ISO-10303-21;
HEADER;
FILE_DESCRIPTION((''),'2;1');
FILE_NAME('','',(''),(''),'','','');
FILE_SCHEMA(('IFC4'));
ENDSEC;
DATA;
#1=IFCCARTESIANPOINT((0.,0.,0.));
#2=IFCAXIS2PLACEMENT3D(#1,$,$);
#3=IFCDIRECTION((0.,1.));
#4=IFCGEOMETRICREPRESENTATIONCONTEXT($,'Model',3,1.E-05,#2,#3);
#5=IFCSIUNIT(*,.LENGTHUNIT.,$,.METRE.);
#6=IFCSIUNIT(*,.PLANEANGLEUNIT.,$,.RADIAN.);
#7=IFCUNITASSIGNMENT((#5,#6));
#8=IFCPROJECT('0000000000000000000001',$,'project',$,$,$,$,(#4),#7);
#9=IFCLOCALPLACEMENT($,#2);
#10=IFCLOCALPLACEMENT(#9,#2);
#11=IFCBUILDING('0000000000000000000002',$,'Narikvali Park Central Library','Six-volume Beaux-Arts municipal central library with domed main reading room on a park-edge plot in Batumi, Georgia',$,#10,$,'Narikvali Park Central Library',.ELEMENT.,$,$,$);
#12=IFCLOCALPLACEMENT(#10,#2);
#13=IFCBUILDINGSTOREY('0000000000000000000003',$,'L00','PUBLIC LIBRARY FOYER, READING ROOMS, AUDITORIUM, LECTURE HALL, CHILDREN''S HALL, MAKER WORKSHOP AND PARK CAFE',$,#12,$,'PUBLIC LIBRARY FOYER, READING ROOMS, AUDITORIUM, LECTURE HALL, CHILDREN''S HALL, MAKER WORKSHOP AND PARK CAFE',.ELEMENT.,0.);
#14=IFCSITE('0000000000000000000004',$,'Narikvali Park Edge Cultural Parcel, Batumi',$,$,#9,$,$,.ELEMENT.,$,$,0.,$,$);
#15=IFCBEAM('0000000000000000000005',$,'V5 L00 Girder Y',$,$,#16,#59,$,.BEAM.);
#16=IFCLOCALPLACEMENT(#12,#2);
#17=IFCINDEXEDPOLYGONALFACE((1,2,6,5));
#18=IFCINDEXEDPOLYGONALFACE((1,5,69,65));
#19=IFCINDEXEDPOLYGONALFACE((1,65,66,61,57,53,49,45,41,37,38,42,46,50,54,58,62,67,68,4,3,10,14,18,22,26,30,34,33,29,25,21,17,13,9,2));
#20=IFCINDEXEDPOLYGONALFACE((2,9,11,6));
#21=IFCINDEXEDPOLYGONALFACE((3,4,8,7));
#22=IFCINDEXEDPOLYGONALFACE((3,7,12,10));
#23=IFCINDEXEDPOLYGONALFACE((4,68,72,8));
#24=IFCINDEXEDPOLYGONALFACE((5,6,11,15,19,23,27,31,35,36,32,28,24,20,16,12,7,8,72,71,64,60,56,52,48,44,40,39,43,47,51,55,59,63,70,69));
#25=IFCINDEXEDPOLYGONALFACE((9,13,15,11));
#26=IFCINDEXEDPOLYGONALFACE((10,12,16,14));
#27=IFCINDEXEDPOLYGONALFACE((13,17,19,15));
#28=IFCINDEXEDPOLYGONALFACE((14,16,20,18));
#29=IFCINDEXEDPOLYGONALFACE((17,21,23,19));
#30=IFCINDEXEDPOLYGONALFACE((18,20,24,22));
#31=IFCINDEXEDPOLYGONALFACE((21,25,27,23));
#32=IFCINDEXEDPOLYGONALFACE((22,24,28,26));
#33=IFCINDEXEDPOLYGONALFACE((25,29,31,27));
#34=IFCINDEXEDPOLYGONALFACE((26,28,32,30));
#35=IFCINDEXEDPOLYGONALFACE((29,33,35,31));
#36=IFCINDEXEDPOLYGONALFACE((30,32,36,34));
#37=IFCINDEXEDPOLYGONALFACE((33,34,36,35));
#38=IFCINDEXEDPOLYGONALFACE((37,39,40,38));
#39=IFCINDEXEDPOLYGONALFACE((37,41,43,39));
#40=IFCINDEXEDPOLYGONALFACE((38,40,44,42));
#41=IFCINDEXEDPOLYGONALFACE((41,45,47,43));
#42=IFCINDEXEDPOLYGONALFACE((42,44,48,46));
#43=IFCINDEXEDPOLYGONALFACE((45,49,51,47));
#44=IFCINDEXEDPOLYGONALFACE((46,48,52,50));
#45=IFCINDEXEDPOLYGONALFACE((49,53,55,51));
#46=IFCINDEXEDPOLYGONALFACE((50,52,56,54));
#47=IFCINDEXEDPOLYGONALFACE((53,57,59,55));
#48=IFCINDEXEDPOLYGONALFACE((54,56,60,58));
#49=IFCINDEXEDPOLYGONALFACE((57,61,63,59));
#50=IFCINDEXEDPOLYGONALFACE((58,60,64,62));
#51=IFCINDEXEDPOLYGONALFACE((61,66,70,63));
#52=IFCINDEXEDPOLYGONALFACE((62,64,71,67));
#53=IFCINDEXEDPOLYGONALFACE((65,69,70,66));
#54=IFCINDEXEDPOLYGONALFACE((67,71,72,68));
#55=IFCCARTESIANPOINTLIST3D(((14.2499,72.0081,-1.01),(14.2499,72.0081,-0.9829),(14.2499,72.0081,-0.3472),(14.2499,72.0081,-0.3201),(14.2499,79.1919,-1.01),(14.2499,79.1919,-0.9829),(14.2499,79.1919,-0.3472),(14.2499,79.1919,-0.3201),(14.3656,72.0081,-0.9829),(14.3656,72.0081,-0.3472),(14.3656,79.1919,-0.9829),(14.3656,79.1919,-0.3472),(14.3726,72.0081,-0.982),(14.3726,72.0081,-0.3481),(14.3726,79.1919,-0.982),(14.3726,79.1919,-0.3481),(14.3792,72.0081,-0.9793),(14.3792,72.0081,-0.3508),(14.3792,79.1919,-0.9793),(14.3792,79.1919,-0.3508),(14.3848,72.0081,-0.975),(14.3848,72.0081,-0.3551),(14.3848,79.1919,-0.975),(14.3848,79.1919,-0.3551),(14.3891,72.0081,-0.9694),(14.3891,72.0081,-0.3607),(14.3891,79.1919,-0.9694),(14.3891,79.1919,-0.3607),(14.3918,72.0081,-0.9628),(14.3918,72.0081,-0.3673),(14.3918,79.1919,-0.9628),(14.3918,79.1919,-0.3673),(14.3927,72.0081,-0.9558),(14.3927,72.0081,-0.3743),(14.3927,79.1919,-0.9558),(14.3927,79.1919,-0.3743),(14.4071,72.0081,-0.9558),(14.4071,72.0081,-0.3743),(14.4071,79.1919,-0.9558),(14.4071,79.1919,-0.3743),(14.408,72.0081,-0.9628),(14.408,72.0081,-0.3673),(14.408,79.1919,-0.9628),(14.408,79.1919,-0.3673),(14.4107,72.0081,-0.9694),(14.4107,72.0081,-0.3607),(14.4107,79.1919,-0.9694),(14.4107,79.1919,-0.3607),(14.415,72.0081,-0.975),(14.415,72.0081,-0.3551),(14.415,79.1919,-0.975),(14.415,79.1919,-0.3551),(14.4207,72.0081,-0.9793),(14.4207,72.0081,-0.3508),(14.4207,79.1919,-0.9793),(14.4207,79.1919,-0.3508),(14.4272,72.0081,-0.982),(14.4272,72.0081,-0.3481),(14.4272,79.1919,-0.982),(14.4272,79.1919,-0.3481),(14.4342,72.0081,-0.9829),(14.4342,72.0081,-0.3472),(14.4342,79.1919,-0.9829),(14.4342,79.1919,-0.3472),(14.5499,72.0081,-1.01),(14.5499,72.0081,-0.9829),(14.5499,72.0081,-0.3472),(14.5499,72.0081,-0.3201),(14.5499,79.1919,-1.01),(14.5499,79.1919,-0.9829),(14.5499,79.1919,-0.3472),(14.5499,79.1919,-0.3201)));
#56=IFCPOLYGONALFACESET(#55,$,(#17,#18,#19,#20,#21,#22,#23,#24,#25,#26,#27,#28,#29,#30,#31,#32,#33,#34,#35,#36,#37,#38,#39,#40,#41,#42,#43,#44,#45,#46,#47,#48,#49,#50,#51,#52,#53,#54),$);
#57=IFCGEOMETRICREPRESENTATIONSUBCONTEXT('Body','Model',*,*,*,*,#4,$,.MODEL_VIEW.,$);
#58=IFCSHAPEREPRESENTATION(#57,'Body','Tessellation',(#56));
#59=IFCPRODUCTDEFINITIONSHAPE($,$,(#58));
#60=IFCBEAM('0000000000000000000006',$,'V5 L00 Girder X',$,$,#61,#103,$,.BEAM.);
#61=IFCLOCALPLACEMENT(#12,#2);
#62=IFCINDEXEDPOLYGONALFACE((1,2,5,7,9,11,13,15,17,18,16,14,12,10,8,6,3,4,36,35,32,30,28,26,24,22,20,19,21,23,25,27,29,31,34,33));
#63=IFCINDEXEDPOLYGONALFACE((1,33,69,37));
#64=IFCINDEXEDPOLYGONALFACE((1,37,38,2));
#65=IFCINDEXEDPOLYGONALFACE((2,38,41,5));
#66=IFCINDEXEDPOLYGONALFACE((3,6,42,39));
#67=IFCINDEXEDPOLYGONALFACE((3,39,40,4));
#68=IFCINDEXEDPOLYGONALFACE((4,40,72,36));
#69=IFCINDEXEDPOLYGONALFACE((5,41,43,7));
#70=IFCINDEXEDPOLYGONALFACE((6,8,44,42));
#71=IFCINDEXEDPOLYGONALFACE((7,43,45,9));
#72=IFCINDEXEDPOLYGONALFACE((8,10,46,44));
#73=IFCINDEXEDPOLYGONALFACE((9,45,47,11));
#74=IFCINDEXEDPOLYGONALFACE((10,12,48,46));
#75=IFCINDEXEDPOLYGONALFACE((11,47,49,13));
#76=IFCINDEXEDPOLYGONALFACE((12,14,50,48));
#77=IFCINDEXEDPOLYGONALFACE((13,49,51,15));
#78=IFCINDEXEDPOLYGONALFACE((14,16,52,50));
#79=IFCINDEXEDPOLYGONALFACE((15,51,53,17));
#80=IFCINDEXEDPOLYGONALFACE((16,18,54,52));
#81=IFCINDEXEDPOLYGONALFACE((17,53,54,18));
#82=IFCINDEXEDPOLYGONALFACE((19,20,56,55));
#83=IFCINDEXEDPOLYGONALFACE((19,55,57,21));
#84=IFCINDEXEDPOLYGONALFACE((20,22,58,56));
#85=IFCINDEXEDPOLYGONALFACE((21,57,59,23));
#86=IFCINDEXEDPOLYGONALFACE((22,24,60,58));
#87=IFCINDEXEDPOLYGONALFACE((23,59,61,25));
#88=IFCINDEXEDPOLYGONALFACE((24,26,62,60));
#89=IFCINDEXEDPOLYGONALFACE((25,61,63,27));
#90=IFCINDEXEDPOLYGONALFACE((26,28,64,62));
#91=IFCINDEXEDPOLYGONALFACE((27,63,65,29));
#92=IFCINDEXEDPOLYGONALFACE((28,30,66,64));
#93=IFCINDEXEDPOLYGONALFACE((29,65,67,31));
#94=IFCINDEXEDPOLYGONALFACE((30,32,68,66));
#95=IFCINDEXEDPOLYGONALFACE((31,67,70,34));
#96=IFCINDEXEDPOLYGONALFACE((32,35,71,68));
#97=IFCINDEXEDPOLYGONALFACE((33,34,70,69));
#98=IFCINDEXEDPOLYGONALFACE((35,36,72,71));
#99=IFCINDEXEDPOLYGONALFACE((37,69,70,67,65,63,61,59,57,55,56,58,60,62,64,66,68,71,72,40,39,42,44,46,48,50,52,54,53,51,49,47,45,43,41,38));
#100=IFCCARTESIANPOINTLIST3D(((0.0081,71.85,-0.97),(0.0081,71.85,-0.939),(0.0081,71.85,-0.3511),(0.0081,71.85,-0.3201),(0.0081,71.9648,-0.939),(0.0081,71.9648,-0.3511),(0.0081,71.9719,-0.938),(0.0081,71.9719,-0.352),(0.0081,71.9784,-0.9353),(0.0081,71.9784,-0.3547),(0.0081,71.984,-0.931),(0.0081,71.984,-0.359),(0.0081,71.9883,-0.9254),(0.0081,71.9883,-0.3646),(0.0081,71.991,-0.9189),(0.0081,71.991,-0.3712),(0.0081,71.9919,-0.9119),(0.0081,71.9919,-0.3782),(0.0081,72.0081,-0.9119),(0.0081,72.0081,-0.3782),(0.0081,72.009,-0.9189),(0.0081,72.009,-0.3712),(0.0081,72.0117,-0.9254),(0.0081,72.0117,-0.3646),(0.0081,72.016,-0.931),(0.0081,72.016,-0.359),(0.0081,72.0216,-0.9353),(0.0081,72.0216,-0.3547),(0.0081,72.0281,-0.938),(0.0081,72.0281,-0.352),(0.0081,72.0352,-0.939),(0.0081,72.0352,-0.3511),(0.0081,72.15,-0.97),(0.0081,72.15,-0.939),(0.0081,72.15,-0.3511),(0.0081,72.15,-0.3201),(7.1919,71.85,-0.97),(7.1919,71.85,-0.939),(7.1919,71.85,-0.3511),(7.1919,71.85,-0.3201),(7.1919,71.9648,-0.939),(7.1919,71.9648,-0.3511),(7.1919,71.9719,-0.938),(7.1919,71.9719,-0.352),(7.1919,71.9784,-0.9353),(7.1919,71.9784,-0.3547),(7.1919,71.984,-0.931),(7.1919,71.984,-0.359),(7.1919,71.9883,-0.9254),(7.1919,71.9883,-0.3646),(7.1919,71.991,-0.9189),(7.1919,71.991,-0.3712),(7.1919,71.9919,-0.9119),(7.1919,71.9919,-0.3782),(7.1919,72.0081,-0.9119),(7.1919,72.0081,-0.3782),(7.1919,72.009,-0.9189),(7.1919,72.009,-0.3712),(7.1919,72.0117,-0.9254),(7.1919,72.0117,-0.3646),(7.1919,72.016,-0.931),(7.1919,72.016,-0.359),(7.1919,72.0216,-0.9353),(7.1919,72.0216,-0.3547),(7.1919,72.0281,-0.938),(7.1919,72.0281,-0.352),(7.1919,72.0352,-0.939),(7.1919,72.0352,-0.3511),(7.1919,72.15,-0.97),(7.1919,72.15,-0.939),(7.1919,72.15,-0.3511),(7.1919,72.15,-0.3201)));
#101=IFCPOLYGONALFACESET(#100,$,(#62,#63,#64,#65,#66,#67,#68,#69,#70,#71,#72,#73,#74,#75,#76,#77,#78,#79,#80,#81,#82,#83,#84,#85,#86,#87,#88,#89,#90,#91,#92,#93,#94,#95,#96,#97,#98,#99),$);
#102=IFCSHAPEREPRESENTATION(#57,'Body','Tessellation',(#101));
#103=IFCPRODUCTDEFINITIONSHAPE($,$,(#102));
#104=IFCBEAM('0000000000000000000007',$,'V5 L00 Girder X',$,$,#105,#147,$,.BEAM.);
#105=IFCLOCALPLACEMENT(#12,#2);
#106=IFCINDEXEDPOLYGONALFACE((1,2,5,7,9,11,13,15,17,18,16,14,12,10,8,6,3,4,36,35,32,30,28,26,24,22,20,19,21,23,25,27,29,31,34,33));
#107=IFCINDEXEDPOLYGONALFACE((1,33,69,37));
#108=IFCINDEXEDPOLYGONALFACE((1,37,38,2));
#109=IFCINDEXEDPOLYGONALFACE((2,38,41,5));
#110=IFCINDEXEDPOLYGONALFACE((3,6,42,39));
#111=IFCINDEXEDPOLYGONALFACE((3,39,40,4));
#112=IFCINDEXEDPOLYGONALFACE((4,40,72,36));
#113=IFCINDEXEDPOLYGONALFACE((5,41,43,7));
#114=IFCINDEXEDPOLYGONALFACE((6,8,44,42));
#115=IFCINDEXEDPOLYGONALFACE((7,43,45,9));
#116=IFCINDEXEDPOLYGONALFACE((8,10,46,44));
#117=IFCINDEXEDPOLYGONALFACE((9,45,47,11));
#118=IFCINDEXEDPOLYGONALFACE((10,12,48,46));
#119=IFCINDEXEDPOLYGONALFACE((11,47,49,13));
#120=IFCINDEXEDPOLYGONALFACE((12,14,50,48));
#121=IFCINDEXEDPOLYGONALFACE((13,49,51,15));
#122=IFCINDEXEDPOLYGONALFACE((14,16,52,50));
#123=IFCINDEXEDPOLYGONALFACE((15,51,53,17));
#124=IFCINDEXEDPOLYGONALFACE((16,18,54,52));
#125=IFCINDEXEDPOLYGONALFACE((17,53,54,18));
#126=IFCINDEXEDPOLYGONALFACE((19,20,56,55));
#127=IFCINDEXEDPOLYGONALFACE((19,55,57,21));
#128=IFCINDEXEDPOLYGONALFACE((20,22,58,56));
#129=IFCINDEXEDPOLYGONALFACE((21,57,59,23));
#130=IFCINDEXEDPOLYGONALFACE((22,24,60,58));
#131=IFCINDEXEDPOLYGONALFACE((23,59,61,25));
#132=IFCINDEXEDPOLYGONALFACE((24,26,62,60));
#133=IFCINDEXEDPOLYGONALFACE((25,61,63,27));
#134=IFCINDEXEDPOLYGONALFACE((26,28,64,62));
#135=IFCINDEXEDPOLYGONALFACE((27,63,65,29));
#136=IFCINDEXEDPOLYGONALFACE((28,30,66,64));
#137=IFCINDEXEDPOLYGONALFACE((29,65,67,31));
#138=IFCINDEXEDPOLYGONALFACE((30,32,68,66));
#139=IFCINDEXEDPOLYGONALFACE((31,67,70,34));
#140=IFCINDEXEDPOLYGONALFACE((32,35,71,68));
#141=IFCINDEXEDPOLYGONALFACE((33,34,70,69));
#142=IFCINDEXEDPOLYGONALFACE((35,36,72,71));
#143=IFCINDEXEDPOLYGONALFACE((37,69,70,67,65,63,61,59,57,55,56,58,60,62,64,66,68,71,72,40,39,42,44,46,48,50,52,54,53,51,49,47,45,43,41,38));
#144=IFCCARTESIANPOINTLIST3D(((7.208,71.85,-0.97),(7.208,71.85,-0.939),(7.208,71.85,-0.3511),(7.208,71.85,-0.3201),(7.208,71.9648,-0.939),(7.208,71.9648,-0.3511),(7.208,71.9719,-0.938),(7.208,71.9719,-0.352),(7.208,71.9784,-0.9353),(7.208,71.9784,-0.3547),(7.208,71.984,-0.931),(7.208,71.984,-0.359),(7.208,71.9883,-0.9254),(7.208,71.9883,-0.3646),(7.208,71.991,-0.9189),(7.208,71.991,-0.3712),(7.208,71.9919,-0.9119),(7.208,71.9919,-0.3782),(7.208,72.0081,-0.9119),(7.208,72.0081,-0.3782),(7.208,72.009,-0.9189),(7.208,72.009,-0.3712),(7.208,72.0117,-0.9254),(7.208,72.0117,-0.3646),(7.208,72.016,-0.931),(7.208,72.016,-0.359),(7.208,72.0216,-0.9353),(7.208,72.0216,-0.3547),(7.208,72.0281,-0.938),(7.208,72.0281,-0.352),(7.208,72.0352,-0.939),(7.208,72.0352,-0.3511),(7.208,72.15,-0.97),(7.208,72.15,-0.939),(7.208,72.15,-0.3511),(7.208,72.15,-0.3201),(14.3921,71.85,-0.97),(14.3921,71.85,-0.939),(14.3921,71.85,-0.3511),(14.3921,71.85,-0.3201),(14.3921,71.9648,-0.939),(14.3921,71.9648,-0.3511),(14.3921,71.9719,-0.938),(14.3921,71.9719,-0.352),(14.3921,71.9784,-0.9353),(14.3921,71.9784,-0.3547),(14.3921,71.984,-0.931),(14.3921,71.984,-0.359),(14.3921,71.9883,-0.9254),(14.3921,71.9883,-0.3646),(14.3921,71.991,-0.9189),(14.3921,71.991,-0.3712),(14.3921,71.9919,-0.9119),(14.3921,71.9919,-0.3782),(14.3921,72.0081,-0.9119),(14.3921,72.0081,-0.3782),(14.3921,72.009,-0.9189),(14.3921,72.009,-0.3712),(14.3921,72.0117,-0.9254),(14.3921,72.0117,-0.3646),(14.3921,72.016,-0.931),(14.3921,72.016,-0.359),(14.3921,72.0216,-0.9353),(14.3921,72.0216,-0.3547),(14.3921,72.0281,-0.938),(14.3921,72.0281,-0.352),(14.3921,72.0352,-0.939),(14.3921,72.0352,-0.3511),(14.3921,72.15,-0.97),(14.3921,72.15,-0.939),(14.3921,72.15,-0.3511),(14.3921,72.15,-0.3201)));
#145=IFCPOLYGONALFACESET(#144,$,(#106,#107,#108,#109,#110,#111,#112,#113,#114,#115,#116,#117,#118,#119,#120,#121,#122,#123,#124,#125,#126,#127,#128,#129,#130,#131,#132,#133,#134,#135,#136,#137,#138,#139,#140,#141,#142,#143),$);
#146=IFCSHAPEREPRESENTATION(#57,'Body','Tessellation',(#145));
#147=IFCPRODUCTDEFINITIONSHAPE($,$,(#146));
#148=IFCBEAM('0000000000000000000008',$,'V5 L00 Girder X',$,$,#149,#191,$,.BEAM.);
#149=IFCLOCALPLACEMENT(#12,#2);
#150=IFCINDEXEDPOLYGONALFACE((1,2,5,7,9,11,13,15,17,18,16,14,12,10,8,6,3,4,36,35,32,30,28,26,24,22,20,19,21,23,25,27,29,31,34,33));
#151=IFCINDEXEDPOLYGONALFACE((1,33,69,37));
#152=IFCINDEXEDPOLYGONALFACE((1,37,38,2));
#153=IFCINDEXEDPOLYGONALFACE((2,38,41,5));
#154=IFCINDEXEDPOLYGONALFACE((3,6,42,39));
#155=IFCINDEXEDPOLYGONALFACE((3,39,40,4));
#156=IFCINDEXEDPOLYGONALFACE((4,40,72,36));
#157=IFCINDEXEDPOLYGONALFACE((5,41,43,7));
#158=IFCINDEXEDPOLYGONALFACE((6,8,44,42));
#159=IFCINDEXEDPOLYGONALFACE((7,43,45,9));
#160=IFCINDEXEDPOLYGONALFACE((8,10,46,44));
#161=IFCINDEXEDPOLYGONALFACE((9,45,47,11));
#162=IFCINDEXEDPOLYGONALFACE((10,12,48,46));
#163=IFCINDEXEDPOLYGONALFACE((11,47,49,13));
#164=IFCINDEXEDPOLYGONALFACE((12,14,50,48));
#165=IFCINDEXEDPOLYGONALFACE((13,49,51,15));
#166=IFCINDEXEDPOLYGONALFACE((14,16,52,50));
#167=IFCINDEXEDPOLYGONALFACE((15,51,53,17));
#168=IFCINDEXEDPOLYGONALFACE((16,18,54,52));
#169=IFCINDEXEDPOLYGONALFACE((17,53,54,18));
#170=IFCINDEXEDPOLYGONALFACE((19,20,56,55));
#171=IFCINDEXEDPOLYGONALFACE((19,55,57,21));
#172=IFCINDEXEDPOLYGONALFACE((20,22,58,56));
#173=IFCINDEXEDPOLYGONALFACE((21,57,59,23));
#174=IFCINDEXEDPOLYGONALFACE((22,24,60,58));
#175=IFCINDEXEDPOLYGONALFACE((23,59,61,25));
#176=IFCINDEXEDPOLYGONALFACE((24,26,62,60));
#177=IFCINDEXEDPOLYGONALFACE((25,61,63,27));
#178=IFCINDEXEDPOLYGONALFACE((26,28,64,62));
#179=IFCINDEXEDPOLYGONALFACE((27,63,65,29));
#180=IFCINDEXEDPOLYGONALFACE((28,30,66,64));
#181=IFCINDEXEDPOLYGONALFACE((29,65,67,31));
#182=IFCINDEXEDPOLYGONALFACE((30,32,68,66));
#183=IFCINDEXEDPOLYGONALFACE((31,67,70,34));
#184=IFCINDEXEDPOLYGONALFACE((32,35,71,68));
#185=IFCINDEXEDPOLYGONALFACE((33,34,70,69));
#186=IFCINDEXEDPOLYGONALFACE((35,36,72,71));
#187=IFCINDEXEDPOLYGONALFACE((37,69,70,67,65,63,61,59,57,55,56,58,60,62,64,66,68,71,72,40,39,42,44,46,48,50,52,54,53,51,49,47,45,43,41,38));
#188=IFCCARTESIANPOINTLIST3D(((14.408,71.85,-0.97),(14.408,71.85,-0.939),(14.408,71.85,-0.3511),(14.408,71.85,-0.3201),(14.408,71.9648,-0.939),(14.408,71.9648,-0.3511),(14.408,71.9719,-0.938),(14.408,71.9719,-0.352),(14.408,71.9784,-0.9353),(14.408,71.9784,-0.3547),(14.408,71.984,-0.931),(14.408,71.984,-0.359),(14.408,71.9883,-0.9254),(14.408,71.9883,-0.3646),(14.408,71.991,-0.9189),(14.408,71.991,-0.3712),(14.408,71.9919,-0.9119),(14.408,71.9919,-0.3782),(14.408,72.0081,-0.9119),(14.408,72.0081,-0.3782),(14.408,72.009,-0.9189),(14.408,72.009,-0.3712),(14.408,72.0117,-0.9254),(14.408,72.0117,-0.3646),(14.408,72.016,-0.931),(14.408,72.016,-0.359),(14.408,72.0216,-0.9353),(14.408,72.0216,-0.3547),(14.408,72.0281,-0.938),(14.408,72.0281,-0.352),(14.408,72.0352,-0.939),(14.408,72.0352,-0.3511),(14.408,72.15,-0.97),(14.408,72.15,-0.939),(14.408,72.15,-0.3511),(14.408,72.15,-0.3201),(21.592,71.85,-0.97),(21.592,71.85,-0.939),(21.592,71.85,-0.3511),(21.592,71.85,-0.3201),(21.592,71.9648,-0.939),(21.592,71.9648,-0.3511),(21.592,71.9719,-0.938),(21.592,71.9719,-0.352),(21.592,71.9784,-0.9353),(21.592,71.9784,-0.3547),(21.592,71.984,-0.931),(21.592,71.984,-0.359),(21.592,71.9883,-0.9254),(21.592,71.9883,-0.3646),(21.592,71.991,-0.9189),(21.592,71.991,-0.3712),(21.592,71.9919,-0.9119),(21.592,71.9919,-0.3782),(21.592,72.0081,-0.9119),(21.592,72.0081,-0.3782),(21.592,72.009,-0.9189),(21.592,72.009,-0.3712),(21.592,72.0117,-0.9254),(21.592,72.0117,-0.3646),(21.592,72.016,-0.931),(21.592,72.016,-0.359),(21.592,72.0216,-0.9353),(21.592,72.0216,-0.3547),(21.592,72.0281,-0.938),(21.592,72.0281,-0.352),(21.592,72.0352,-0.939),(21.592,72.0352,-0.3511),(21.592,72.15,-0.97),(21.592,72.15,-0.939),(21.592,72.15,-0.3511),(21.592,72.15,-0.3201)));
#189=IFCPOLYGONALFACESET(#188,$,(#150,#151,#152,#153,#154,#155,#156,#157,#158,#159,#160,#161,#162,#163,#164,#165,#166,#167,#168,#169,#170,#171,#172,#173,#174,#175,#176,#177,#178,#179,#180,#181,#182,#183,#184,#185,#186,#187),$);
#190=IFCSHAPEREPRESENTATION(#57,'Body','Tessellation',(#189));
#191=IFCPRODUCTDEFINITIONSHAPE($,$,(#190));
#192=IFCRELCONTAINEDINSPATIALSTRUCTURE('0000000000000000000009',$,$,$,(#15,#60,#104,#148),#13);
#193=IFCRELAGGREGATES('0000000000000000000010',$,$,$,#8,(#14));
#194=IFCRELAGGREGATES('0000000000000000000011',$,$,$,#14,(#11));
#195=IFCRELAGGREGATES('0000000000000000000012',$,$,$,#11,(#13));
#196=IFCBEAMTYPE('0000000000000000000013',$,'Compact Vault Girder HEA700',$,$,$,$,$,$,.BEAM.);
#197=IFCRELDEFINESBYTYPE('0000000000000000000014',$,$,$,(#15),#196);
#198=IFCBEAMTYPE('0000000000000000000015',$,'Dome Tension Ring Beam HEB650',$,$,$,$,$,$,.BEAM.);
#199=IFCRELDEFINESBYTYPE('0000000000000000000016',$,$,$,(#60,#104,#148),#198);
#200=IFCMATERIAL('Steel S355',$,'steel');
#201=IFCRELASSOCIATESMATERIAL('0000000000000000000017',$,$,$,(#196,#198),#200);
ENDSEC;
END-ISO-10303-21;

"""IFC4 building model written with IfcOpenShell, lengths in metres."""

from ifc_helpers import new_model, si_unit, direction, frame, origin, origin_2d, place, context, subcontext, project, spatial, i_section, extrude, material, material_profile, profile_set, type_object, element, save


model = new_model("IFC4")

# Units and contexts
model_context = context("Model", 3, precision=1e-05, world=origin(), true_north=direction((0.0, 1.0)))
body_context = subcontext(model_context, "Body", "Model", "MODEL_VIEW")
ifc_project = project(units=[si_unit("LENGTHUNIT", "METRE"), si_unit("PLANEANGLEUNIT", "RADIAN")], contexts=[model_context])

# Site, building, storey
site_placement = place(None, origin())
site = spatial("IfcSite", under=ifc_project, at=site_placement, Name="Narikvali Park Edge Cultural Parcel, Batumi", CompositionType="ELEMENT", RefElevation=0.0)
building_placement = place(site_placement, origin())
building = spatial("IfcBuilding", under=site, at=building_placement, Name="Narikvali Park Central Library", Description="Six-volume Beaux-Arts municipal central library with domed main reading room on a park-edge plot in Batumi, Georgia", LongName="Narikvali Park Central Library", CompositionType="ELEMENT")
storey_placement = place(building_placement, origin())
storey = spatial("IfcBuildingStorey", under=building, at=storey_placement, Name="L00", Description="PUBLIC LIBRARY FOYER, READING ROOMS, AUDITORIUM, LECTURE HALL, CHILDREN'S HALL, MAKER WORKSHOP AND PARK CAFE", LongName="PUBLIC LIBRARY FOYER, READING ROOMS, AUDITORIUM, LECTURE HALL, CHILDREN'S HALL, MAKER WORKSHOP AND PARK CAFE", CompositionType="ELEMENT", Elevation=0.0)

# Shared definitions
ifc_material_1 = material(Name="Steel S355", Category="steel")

# Beams
ifc_material_profile_1 = material_profile(ifc_material_1, i_section(OverallWidth=0.3, OverallDepth=0.6899, WebThickness=0.0144, FlangeThickness=0.0271, FilletRadius=0.0271, at=origin_2d()), Name="HEA 700")
ifc_profile_set_1 = profile_set([ifc_material_profile_1], Name="Steel S355")
beam_type_1 = type_object("IfcBeamType", Name="Compact Vault Girder HEA700", PredefinedType="BEAM", material=ifc_profile_set_1)
for number, where, z_axis, x_axis, name in (
    (1, (14.3999, 72.0081, -0.665), (0.0, 1.0, 0.0), (-1.0, 0.0, 0.0), "V5 L00 Girder Y"),
):
    element("IfcBeam", number, at=place(storey_placement, frame(where, z_axis=z_axis, x_axis=x_axis)), inside=storey, type_object=beam_type_1, Name=name, PredefinedType="BEAM", context=body_context, shape_type="SweptSolid", body=[
        extrude(i_section(OverallWidth=0.3, OverallDepth=0.6899, WebThickness=0.0144, FlangeThickness=0.0271, FilletRadius=0.0271, at=origin_2d()), origin(), (0.0, 0.0, 1.0), 7.1838),
    ])
ifc_material_profile_2 = material_profile(ifc_material_1, i_section(OverallWidth=0.3, OverallDepth=0.6499, WebThickness=0.0161, FlangeThickness=0.031, FilletRadius=0.0271, at=origin_2d()), Name="HEB 650")
ifc_profile_set_2 = profile_set([ifc_material_profile_2], Name="Steel S355")
beam_type_2 = type_object("IfcBeamType", Name="Dome Tension Ring Beam HEB650", PredefinedType="BEAM", material=ifc_profile_set_2)
beam_1_placement = place(storey_placement, frame((0.0081, 72.0, -0.645), z_axis=(1.0, 0.0, 0.0), x_axis=(0.0, 1.0, 0.0)))
element("IfcBeam", 2, at=beam_1_placement, inside=storey, type_object=beam_type_2, Name="V5 L00 Girder X", PredefinedType="BEAM", context=body_context, shape_type="SweptSolid", body=[
    extrude(i_section(OverallWidth=0.3, OverallDepth=0.6499, WebThickness=0.0161, FlangeThickness=0.031, FilletRadius=0.0271, at=origin_2d()), origin(), (0.0, 0.0, 1.0), 7.1838),
])
for number, where, z_axis, x_axis, name in (
    (3, (7.208, 72.0, -0.645), (1.0, 0.0, 0.0), (0.0, 1.0, 0.0), "V5 L00 Girder X"),
    (4, (14.408, 72.0, -0.645), (1.0, 0.0, 0.0), (0.0, 1.0, 0.0), "V5 L00 Girder X"),
):
    element("IfcBeam", number, at=place(storey_placement, frame(where, z_axis=z_axis, x_axis=x_axis)), inside=storey, type_object=beam_type_2, Name=name, PredefinedType="BEAM", context=body_context, shape_type="SweptSolid", body=[
        extrude(i_section(OverallWidth=0.3, OverallDepth=0.6499, WebThickness=0.0161, FlangeThickness=0.031, FilletRadius=0.0271, at=origin_2d()), origin(), (0.0, 0.0, 1.0), 7.1841),
    ])

save(model, "model.ifc")
